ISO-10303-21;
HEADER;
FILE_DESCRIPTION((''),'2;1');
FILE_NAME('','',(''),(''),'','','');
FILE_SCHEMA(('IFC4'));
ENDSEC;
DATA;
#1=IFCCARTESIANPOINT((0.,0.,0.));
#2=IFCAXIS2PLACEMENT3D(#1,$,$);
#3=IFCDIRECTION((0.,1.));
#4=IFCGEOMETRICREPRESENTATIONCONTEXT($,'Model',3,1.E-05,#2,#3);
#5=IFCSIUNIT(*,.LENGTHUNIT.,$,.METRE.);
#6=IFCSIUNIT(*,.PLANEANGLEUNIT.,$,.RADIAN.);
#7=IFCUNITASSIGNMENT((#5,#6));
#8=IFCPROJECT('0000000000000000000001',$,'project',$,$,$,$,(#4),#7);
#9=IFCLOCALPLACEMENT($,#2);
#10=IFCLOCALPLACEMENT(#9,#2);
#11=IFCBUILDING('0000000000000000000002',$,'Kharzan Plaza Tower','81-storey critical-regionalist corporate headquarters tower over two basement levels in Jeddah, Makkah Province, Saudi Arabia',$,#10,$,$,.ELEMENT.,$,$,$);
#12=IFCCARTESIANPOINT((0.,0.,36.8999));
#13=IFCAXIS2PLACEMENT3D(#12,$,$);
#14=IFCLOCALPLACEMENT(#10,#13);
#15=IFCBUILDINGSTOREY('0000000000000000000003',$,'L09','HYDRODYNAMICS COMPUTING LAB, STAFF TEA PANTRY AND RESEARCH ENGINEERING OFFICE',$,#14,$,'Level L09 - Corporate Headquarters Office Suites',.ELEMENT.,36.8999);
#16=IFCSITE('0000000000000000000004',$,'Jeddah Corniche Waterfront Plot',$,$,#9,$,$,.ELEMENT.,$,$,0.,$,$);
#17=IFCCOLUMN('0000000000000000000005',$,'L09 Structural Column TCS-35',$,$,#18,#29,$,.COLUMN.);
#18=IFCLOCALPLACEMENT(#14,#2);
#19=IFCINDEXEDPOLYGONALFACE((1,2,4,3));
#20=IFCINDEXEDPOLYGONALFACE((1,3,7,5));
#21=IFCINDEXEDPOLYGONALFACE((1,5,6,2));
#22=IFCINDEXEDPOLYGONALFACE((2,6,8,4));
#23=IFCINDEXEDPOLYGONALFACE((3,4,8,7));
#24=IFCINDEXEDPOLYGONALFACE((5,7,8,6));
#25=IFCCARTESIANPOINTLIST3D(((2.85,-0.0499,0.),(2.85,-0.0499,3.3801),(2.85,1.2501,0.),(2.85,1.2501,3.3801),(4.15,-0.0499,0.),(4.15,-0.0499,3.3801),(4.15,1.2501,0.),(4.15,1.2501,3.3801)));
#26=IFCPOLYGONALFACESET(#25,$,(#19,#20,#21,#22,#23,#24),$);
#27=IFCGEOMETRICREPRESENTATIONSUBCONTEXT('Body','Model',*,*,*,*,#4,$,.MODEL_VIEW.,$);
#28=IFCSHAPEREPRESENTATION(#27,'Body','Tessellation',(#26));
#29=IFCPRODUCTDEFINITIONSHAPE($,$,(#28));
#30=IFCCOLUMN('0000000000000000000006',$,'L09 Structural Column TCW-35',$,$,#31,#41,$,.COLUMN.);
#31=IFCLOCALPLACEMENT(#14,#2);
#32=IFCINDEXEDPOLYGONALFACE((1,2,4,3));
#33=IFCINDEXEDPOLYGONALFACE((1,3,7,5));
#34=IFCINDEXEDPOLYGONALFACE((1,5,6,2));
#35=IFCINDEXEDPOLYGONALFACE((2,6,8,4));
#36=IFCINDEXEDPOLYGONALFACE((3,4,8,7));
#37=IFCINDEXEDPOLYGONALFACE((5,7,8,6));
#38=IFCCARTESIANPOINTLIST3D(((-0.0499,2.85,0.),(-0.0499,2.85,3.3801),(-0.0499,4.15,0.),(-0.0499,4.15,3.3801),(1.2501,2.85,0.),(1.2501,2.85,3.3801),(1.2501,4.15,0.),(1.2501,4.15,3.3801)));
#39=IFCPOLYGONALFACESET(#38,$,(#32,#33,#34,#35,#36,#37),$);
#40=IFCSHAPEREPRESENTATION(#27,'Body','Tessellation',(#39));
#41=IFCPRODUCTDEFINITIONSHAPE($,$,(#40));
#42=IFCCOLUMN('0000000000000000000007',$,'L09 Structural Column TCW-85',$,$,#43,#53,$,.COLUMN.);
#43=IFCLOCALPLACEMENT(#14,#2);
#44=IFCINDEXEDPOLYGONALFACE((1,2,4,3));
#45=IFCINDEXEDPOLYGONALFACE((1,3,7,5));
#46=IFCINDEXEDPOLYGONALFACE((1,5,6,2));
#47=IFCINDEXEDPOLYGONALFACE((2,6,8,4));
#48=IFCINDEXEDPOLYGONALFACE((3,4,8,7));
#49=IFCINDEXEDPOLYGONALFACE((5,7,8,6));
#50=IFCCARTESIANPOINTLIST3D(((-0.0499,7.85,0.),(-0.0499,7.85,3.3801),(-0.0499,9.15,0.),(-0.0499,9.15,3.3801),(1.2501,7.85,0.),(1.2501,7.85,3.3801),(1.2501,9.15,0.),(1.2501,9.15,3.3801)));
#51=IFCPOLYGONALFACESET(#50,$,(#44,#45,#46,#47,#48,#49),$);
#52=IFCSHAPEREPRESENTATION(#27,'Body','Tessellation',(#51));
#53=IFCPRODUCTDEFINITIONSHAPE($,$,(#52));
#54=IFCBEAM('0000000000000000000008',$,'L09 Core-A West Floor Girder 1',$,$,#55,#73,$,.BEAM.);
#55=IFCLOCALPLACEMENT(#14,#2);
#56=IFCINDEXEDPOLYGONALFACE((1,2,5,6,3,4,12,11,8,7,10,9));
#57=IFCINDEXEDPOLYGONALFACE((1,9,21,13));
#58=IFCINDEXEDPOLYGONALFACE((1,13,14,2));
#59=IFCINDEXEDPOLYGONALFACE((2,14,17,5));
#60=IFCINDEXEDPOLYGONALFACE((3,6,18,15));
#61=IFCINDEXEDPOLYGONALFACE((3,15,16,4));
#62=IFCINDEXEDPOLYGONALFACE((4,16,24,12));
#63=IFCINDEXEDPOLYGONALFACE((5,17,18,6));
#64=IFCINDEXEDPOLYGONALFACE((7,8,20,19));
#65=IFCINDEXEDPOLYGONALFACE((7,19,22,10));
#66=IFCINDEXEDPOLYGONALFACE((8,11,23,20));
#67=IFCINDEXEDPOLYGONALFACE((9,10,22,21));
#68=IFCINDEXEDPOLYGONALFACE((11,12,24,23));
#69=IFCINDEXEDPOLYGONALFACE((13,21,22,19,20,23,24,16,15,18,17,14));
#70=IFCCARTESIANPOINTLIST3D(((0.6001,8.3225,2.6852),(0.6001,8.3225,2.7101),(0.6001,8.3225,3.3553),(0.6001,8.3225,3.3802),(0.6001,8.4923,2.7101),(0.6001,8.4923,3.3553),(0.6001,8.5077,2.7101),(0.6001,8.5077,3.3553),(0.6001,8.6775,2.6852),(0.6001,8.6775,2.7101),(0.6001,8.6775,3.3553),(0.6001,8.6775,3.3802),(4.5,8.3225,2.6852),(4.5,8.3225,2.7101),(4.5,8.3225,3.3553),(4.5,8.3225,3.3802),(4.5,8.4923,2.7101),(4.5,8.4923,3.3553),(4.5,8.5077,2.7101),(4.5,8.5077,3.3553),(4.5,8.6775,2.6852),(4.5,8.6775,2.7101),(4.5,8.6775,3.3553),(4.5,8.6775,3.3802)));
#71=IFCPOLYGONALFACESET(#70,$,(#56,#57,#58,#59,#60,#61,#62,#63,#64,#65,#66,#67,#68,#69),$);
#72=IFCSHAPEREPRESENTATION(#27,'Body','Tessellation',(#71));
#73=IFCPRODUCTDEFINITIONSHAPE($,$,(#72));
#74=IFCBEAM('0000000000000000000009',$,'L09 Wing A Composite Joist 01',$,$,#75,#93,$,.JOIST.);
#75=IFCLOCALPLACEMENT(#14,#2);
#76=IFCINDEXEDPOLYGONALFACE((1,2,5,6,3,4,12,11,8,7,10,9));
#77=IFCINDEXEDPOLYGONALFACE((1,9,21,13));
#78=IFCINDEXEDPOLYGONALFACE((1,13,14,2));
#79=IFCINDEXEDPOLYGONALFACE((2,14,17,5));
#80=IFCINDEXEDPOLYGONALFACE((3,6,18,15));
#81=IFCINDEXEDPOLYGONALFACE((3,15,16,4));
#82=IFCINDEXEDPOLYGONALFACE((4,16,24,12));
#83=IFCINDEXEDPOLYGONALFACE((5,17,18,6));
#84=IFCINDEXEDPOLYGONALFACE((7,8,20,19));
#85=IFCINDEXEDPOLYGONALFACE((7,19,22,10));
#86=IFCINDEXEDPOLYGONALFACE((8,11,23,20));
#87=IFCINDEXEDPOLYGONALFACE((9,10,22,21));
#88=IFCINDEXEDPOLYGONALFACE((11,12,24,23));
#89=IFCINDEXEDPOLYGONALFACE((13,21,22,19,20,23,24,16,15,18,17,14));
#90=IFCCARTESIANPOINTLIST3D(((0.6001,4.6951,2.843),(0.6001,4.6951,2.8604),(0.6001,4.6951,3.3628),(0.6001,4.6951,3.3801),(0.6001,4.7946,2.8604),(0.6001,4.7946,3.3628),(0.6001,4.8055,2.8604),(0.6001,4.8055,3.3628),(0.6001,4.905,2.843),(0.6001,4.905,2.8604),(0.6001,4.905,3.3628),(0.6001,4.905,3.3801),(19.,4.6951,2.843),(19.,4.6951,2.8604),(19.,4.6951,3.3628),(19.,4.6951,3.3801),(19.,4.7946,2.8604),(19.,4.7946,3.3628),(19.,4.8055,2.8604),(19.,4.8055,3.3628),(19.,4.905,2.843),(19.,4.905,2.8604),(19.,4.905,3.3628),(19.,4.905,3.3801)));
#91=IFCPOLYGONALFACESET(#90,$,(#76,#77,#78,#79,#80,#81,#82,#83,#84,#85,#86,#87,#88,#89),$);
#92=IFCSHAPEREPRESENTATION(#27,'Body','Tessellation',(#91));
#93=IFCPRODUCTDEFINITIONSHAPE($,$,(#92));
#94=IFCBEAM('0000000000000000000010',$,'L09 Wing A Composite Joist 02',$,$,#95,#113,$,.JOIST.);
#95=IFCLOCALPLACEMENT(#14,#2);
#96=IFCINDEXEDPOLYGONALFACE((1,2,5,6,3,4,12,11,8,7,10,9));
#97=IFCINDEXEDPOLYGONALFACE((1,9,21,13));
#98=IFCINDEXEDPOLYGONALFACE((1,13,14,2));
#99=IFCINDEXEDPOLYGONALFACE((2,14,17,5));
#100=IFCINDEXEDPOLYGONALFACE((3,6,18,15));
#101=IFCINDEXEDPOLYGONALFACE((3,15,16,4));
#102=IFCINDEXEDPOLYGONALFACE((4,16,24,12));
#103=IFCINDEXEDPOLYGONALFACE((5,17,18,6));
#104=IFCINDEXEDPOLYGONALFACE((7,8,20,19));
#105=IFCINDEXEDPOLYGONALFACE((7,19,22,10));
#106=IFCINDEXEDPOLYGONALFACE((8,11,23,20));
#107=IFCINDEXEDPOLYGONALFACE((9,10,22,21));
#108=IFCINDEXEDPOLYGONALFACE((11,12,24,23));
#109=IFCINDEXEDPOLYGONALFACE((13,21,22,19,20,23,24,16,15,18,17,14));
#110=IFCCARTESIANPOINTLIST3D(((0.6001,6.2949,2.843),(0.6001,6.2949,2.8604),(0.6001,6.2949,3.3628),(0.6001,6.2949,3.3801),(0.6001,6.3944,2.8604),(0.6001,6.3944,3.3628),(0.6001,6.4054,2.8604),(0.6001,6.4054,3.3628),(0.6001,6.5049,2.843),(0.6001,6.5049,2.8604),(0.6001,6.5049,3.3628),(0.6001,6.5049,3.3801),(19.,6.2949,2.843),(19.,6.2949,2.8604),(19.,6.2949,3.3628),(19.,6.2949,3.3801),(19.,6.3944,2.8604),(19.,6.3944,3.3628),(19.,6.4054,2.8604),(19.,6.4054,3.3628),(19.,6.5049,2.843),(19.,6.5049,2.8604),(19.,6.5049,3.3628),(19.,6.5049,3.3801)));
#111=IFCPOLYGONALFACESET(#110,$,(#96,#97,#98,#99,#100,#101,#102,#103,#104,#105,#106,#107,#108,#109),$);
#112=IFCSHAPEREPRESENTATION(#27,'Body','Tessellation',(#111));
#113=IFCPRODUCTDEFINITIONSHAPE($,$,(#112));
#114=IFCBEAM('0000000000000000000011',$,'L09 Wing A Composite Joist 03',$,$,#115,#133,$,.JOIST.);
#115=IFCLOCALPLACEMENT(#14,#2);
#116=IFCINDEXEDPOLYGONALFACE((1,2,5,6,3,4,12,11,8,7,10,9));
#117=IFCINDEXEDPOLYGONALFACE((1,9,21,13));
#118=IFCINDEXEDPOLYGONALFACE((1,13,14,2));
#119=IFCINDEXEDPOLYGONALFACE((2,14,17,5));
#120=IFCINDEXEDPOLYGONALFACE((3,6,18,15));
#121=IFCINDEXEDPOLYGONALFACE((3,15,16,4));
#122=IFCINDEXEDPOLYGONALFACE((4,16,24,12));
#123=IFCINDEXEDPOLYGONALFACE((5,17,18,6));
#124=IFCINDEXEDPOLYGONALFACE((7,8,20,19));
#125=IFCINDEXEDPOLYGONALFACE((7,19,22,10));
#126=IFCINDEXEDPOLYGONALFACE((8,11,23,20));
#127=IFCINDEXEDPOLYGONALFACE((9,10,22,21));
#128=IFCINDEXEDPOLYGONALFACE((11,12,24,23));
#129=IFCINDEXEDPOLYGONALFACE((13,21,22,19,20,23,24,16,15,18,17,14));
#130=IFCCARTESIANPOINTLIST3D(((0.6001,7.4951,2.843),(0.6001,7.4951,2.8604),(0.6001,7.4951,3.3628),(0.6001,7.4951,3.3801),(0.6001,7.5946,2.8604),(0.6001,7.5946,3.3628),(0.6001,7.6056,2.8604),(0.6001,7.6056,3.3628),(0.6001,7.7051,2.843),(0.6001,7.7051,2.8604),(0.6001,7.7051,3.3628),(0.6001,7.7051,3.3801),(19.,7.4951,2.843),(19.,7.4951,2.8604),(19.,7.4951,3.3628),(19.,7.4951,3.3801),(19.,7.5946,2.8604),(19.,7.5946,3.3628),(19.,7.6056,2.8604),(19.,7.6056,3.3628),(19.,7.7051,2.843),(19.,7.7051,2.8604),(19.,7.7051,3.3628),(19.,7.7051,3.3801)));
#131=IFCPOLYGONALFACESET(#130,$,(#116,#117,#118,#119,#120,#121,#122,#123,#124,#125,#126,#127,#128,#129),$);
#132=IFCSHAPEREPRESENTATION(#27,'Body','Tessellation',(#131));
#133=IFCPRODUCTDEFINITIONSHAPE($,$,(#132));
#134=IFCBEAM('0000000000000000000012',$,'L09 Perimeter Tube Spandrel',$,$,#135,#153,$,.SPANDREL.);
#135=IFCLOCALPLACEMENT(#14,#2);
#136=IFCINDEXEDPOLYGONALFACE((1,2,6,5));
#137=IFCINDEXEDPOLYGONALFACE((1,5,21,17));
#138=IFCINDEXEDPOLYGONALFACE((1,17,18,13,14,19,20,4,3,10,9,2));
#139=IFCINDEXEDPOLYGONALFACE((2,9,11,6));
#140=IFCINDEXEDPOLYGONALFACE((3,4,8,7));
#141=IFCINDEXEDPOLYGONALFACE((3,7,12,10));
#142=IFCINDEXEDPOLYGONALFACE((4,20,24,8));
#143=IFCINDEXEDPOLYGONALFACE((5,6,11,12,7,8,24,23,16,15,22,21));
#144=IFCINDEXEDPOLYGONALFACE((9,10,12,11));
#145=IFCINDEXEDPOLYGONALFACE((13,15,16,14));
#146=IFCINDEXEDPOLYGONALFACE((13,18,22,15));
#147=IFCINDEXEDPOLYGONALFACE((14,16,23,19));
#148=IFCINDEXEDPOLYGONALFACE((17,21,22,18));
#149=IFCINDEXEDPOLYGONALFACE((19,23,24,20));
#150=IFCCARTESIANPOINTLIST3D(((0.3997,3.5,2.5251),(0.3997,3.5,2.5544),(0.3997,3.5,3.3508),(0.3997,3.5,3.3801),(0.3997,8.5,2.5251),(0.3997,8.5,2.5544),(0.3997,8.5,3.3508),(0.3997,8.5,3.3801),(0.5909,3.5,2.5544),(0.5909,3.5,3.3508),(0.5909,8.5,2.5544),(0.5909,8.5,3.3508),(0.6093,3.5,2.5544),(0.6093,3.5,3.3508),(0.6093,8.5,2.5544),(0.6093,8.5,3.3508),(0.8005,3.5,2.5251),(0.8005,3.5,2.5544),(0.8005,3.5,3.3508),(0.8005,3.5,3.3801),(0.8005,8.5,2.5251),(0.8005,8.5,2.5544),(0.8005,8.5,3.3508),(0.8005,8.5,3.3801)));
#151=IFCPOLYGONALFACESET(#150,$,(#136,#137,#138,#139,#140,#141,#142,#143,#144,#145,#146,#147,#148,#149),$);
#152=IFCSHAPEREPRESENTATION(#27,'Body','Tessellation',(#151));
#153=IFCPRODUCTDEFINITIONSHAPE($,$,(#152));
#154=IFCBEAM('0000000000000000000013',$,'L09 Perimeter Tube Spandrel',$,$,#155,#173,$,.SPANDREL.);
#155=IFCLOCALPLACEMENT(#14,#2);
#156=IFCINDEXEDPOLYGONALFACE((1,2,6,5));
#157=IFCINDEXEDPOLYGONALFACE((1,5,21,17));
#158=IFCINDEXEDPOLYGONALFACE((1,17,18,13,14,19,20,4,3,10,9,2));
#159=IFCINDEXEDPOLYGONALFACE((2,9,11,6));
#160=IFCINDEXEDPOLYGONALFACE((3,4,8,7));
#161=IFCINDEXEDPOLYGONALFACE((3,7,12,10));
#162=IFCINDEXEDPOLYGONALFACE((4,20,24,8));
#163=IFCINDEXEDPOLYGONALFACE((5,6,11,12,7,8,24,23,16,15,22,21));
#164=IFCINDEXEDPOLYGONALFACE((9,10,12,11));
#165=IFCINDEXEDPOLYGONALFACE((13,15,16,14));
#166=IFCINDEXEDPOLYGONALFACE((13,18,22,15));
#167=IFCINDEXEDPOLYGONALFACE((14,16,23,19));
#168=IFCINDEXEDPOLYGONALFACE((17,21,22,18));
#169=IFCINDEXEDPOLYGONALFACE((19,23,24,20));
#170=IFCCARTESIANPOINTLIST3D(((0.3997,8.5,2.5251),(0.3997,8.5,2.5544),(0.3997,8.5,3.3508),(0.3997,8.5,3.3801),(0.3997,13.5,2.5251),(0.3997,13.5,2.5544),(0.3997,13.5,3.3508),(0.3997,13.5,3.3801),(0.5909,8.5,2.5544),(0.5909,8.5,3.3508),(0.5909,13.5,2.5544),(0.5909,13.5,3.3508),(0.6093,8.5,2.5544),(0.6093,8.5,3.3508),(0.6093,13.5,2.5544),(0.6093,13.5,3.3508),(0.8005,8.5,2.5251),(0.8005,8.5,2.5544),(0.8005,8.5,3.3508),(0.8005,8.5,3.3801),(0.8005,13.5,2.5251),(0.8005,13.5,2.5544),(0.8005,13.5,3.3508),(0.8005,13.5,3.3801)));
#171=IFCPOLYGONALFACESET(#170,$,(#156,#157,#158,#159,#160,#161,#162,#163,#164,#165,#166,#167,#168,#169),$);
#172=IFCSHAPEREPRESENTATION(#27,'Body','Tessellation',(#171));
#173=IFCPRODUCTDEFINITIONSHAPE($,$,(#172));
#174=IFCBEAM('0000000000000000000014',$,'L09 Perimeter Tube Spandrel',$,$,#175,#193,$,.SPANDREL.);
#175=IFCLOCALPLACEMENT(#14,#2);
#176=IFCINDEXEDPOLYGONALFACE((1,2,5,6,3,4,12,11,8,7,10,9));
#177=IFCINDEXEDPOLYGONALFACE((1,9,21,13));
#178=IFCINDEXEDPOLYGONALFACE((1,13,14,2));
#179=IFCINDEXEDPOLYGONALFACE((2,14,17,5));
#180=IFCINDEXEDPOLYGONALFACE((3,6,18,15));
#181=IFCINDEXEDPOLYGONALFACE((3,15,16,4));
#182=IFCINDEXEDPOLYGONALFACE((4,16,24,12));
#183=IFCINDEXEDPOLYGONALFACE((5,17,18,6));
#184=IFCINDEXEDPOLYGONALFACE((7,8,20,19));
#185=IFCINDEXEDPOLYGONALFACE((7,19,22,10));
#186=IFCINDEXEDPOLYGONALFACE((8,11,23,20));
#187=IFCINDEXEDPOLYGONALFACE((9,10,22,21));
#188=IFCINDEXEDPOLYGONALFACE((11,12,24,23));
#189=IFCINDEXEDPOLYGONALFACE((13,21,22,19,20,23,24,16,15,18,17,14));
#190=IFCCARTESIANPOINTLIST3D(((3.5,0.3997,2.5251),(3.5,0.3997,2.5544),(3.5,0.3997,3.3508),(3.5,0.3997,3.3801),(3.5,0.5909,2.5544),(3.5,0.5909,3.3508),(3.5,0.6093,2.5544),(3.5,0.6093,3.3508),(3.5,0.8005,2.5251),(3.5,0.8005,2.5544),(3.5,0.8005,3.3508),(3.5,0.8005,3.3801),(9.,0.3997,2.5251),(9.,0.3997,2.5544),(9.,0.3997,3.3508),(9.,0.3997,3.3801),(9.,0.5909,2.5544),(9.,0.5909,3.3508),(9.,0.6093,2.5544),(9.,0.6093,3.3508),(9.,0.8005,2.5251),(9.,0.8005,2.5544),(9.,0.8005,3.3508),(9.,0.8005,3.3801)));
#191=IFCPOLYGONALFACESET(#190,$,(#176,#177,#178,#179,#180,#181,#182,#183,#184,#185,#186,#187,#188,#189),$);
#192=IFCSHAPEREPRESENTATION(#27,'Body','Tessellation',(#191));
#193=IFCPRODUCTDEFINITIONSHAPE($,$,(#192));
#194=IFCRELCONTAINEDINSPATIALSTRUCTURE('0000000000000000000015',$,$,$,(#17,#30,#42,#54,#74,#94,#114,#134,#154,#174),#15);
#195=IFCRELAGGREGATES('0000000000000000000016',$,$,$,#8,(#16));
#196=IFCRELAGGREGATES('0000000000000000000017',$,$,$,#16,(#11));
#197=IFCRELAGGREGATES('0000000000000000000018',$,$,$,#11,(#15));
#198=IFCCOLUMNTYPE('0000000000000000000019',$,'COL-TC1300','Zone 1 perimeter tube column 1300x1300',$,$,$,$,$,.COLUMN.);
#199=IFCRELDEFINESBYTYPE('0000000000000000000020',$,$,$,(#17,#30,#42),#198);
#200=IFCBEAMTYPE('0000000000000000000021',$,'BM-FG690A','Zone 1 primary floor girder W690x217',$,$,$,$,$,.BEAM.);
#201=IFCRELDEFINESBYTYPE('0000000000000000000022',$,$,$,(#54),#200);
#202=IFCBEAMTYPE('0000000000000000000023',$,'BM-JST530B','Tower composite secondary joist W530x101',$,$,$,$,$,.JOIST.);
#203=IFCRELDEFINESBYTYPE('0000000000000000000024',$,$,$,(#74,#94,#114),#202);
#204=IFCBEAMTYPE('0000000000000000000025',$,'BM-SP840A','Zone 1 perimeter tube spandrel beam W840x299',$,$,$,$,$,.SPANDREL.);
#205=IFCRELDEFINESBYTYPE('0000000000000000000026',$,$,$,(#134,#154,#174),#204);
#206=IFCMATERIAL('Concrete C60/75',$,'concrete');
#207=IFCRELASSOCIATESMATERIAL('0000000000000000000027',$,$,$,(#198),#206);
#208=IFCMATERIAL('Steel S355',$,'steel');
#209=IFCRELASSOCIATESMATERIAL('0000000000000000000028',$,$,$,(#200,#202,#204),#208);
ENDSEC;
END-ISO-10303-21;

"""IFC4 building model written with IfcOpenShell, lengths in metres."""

from ifc_helpers import new_model, si_unit, direction, frame, origin, origin_2d, place, context, subcontext, project, spatial, rectangle, i_section, extrude, source, transform, mapped, material, material_profile, profile_set, type_object, element, save


model = new_model("IFC4")

# Units and contexts
model_context = context("Model", 3, precision=1e-05, world=origin(), true_north=direction((0.0, 1.0)))
body_context = subcontext(model_context, "Body", "Model", "MODEL_VIEW")
ifc_project = project(units=[si_unit("LENGTHUNIT", "METRE"), si_unit("PLANEANGLEUNIT", "RADIAN")], contexts=[model_context])

# Site, building, storey
site_placement = place(None, origin())
site = spatial("IfcSite", under=ifc_project, at=site_placement, Name="Jeddah Corniche Waterfront Plot", CompositionType="ELEMENT", RefElevation=0.0)
building_placement = place(site_placement, origin())
building = spatial("IfcBuilding", under=site, at=building_placement, Name="Kharzan Plaza Tower", Description="81-storey critical-regionalist corporate headquarters tower over two basement levels in Jeddah, Makkah Province, Saudi Arabia", CompositionType="ELEMENT")
storey_placement = place(building_placement, frame((0.0, 0.0, 36.8999)))
storey = spatial("IfcBuildingStorey", under=building, at=storey_placement, Name="L09", Description="HYDRODYNAMICS COMPUTING LAB, STAFF TEA PANTRY AND RESEARCH ENGINEERING OFFICE", LongName="Level L09 - Corporate Headquarters Office Suites", CompositionType="ELEMENT", Elevation=36.8999)

# Columns
ifc_material_1 = material(Name="Concrete C60/75", Category="concrete")
ifc_material_profile_1 = material_profile(ifc_material_1, rectangle(XDim=1.3, YDim=1.3, at=origin_2d()), Name="RC-TC1300x1300")
ifc_profile_set_1 = profile_set([ifc_material_profile_1], Name="Concrete C60/75")
column_type = type_object("IfcColumnType", Name="COL-TC1300", Description="Zone 1 perimeter tube column 1300x1300", PredefinedType="COLUMN", material=ifc_profile_set_1)
shared_shape_1 = source(origin(), body_context, "Body", "SweptSolid", [
    extrude(rectangle(XDim=1.3, YDim=1.3, at=origin_2d()), origin(), (0.0, 0.0, 1.0), 3.3801),
])
for number, where, z_axis, x_axis, name in (
    (1, (3.5, 0.6001, 0.0), (0.0, 0.0, 1.0), (1.0, 0.0, 0.0), "L09 Structural Column TCS-35"),
    (2, (0.6001, 3.5, 0.0), (0.0, 0.0, 1.0), (1.0, 0.0, 0.0), "L09 Structural Column TCW-35"),
    (3, (0.6001, 8.5, 0.0), (0.0, 0.0, 1.0), (1.0, 0.0, 0.0), "L09 Structural Column TCW-85"),
):
    element("IfcColumn", number, at=place(storey_placement, frame(where, z_axis=z_axis, x_axis=x_axis)), inside=storey, type_object=column_type, Name=name, PredefinedType="COLUMN", context=body_context, shape_type="MappedRepresentation", body=[
        mapped(shared_shape_1, transform((0.0, 0.0, 0.0), x_axis=(1.0, 0.0, 0.0), y_axis=(0.0, 1.0, 0.0), z_axis=(0.0, 0.0, 1.0))),
    ])

# Beams
ifc_material_2 = material(Name="Steel S355", Category="steel")
ifc_material_profile_2 = material_profile(ifc_material_2, i_section(OverallWidth=0.355, OverallDepth=0.6951, WebThickness=0.0154, FlangeThickness=0.0249, at=origin_2d()), Name="W690x217")
ifc_profile_set_2 = profile_set([ifc_material_profile_2], Name="Steel S355")
beam_type_1 = type_object("IfcBeamType", Name="BM-FG690A", Description="Zone 1 primary floor girder W690x217", PredefinedType="BEAM", material=ifc_profile_set_2)
shared_shape_2 = source(origin(), body_context, "Body", "SweptSolid", [
    extrude(i_section(OverallWidth=0.355, OverallDepth=0.6951, WebThickness=0.0154, FlangeThickness=0.0249, at=origin_2d()), origin(), (0.0, 0.0, 1.0), 3.8999),
])
beam_1_placement = place(storey_placement, frame((0.6001, 8.5, 3.0327), z_axis=(1.0, 0.0, 0.0), x_axis=(0.0, 1.0, 0.0)))
element("IfcBeam", 4, at=beam_1_placement, inside=storey, type_object=beam_type_1, Name="L09 Core-A West Floor Girder 1", PredefinedType="BEAM", context=body_context, shape_type="MappedRepresentation", body=[
    mapped(shared_shape_2, transform((0.0, 0.0, 0.0), x_axis=(1.0, 0.0, 0.0), y_axis=(0.0, 1.0, 0.0), z_axis=(0.0, 0.0, 1.0))),
])
ifc_material_profile_3 = material_profile(ifc_material_2, i_section(OverallWidth=0.21, OverallDepth=0.5371, WebThickness=0.011, FlangeThickness=0.0173, at=origin_2d()), Name="W530x101")
ifc_profile_set_3 = profile_set([ifc_material_profile_3], Name="Steel S355")
beam_type_2 = type_object("IfcBeamType", Name="BM-JST530B", Description="Tower composite secondary joist W530x101", PredefinedType="JOIST", material=ifc_profile_set_3)
shared_shape_3 = source(origin(), body_context, "Body", "SweptSolid", [
    extrude(i_section(OverallWidth=0.21, OverallDepth=0.5371, WebThickness=0.011, FlangeThickness=0.0173, at=origin_2d()), origin(), (0.0, 0.0, 1.0), 18.3999),
])
for number, where, z_axis, x_axis, name in (
    (5, (0.6001, 4.8, 3.1116), (1.0, 0.0, 0.0), (0.0, 1.0, 0.0), "L09 Wing A Composite Joist 01"),
    (6, (0.6001, 6.3999, 3.1116), (1.0, 0.0, 0.0), (0.0, 1.0, 0.0), "L09 Wing A Composite Joist 02"),
    (7, (0.6001, 7.6001, 3.1116), (1.0, 0.0, 0.0), (0.0, 1.0, 0.0), "L09 Wing A Composite Joist 03"),
):
    element("IfcBeam", number, at=place(storey_placement, frame(where, z_axis=z_axis, x_axis=x_axis)), inside=storey, type_object=beam_type_2, Name=name, PredefinedType="JOIST", context=body_context, shape_type="MappedRepresentation", body=[
        mapped(shared_shape_3, transform((0.0, 0.0, 0.0), x_axis=(1.0, 0.0, 0.0), y_axis=(0.0, 1.0, 0.0), z_axis=(0.0, 0.0, 1.0))),
    ])
ifc_material_profile_4 = material_profile(ifc_material_2, i_section(OverallWidth=0.4009, OverallDepth=0.855, WebThickness=0.0183, FlangeThickness=0.0293, at=origin_2d()), Name="W840x299")
ifc_profile_set_4 = profile_set([ifc_material_profile_4], Name="Steel S355")
beam_type_3 = type_object("IfcBeamType", Name="BM-SP840A", Description="Zone 1 perimeter tube spandrel beam W840x299", PredefinedType="SPANDREL", material=ifc_profile_set_4)
shared_shape_4 = source(origin(), body_context, "Body", "SweptSolid", [
    extrude(i_section(OverallWidth=0.4009, OverallDepth=0.855, WebThickness=0.0183, FlangeThickness=0.0293, at=origin_2d()), origin(), (0.0, 0.0, 1.0), 5.0),
])
for number, where, z_axis, x_axis, name in (
    (8, (0.6001, 3.5, 2.9526), (0.0, 1.0, 0.0), (-1.0, 0.0, 0.0), "L09 Perimeter Tube Spandrel"),
    (9, (0.6001, 8.5, 2.9526), (0.0, 1.0, 0.0), (-1.0, 0.0, 0.0), "L09 Perimeter Tube Spandrel"),
):
    element("IfcBeam", number, at=place(storey_placement, frame(where, z_axis=z_axis, x_axis=x_axis)), inside=storey, type_object=beam_type_3, Name=name, PredefinedType="SPANDREL", context=body_context, shape_type="MappedRepresentation", body=[
        mapped(shared_shape_4, transform((0.0, 0.0, 0.0), x_axis=(1.0, 0.0, 0.0), y_axis=(0.0, 1.0, 0.0), z_axis=(0.0, 0.0, 1.0))),
    ])
shared_shape_5 = source(origin(), body_context, "Body", "SweptSolid", [
    extrude(i_section(OverallWidth=0.4009, OverallDepth=0.855, WebThickness=0.0183, FlangeThickness=0.0293, at=origin_2d()), origin(), (0.0, 0.0, 1.0), 5.5),
])
beam_2_placement = place(storey_placement, frame((3.5, 0.6001, 2.9526), z_axis=(1.0, 0.0, 0.0), x_axis=(0.0, 1.0, 0.0)))
element("IfcBeam", 10, at=beam_2_placement, inside=storey, type_object=beam_type_3, Name="L09 Perimeter Tube Spandrel", PredefinedType="SPANDREL", context=body_context, shape_type="MappedRepresentation", body=[
    mapped(shared_shape_5, transform((0.0, 0.0, 0.0), x_axis=(1.0, 0.0, 0.0), y_axis=(0.0, 1.0, 0.0), z_axis=(0.0, 0.0, 1.0))),
])

save(model, "model.ifc")
